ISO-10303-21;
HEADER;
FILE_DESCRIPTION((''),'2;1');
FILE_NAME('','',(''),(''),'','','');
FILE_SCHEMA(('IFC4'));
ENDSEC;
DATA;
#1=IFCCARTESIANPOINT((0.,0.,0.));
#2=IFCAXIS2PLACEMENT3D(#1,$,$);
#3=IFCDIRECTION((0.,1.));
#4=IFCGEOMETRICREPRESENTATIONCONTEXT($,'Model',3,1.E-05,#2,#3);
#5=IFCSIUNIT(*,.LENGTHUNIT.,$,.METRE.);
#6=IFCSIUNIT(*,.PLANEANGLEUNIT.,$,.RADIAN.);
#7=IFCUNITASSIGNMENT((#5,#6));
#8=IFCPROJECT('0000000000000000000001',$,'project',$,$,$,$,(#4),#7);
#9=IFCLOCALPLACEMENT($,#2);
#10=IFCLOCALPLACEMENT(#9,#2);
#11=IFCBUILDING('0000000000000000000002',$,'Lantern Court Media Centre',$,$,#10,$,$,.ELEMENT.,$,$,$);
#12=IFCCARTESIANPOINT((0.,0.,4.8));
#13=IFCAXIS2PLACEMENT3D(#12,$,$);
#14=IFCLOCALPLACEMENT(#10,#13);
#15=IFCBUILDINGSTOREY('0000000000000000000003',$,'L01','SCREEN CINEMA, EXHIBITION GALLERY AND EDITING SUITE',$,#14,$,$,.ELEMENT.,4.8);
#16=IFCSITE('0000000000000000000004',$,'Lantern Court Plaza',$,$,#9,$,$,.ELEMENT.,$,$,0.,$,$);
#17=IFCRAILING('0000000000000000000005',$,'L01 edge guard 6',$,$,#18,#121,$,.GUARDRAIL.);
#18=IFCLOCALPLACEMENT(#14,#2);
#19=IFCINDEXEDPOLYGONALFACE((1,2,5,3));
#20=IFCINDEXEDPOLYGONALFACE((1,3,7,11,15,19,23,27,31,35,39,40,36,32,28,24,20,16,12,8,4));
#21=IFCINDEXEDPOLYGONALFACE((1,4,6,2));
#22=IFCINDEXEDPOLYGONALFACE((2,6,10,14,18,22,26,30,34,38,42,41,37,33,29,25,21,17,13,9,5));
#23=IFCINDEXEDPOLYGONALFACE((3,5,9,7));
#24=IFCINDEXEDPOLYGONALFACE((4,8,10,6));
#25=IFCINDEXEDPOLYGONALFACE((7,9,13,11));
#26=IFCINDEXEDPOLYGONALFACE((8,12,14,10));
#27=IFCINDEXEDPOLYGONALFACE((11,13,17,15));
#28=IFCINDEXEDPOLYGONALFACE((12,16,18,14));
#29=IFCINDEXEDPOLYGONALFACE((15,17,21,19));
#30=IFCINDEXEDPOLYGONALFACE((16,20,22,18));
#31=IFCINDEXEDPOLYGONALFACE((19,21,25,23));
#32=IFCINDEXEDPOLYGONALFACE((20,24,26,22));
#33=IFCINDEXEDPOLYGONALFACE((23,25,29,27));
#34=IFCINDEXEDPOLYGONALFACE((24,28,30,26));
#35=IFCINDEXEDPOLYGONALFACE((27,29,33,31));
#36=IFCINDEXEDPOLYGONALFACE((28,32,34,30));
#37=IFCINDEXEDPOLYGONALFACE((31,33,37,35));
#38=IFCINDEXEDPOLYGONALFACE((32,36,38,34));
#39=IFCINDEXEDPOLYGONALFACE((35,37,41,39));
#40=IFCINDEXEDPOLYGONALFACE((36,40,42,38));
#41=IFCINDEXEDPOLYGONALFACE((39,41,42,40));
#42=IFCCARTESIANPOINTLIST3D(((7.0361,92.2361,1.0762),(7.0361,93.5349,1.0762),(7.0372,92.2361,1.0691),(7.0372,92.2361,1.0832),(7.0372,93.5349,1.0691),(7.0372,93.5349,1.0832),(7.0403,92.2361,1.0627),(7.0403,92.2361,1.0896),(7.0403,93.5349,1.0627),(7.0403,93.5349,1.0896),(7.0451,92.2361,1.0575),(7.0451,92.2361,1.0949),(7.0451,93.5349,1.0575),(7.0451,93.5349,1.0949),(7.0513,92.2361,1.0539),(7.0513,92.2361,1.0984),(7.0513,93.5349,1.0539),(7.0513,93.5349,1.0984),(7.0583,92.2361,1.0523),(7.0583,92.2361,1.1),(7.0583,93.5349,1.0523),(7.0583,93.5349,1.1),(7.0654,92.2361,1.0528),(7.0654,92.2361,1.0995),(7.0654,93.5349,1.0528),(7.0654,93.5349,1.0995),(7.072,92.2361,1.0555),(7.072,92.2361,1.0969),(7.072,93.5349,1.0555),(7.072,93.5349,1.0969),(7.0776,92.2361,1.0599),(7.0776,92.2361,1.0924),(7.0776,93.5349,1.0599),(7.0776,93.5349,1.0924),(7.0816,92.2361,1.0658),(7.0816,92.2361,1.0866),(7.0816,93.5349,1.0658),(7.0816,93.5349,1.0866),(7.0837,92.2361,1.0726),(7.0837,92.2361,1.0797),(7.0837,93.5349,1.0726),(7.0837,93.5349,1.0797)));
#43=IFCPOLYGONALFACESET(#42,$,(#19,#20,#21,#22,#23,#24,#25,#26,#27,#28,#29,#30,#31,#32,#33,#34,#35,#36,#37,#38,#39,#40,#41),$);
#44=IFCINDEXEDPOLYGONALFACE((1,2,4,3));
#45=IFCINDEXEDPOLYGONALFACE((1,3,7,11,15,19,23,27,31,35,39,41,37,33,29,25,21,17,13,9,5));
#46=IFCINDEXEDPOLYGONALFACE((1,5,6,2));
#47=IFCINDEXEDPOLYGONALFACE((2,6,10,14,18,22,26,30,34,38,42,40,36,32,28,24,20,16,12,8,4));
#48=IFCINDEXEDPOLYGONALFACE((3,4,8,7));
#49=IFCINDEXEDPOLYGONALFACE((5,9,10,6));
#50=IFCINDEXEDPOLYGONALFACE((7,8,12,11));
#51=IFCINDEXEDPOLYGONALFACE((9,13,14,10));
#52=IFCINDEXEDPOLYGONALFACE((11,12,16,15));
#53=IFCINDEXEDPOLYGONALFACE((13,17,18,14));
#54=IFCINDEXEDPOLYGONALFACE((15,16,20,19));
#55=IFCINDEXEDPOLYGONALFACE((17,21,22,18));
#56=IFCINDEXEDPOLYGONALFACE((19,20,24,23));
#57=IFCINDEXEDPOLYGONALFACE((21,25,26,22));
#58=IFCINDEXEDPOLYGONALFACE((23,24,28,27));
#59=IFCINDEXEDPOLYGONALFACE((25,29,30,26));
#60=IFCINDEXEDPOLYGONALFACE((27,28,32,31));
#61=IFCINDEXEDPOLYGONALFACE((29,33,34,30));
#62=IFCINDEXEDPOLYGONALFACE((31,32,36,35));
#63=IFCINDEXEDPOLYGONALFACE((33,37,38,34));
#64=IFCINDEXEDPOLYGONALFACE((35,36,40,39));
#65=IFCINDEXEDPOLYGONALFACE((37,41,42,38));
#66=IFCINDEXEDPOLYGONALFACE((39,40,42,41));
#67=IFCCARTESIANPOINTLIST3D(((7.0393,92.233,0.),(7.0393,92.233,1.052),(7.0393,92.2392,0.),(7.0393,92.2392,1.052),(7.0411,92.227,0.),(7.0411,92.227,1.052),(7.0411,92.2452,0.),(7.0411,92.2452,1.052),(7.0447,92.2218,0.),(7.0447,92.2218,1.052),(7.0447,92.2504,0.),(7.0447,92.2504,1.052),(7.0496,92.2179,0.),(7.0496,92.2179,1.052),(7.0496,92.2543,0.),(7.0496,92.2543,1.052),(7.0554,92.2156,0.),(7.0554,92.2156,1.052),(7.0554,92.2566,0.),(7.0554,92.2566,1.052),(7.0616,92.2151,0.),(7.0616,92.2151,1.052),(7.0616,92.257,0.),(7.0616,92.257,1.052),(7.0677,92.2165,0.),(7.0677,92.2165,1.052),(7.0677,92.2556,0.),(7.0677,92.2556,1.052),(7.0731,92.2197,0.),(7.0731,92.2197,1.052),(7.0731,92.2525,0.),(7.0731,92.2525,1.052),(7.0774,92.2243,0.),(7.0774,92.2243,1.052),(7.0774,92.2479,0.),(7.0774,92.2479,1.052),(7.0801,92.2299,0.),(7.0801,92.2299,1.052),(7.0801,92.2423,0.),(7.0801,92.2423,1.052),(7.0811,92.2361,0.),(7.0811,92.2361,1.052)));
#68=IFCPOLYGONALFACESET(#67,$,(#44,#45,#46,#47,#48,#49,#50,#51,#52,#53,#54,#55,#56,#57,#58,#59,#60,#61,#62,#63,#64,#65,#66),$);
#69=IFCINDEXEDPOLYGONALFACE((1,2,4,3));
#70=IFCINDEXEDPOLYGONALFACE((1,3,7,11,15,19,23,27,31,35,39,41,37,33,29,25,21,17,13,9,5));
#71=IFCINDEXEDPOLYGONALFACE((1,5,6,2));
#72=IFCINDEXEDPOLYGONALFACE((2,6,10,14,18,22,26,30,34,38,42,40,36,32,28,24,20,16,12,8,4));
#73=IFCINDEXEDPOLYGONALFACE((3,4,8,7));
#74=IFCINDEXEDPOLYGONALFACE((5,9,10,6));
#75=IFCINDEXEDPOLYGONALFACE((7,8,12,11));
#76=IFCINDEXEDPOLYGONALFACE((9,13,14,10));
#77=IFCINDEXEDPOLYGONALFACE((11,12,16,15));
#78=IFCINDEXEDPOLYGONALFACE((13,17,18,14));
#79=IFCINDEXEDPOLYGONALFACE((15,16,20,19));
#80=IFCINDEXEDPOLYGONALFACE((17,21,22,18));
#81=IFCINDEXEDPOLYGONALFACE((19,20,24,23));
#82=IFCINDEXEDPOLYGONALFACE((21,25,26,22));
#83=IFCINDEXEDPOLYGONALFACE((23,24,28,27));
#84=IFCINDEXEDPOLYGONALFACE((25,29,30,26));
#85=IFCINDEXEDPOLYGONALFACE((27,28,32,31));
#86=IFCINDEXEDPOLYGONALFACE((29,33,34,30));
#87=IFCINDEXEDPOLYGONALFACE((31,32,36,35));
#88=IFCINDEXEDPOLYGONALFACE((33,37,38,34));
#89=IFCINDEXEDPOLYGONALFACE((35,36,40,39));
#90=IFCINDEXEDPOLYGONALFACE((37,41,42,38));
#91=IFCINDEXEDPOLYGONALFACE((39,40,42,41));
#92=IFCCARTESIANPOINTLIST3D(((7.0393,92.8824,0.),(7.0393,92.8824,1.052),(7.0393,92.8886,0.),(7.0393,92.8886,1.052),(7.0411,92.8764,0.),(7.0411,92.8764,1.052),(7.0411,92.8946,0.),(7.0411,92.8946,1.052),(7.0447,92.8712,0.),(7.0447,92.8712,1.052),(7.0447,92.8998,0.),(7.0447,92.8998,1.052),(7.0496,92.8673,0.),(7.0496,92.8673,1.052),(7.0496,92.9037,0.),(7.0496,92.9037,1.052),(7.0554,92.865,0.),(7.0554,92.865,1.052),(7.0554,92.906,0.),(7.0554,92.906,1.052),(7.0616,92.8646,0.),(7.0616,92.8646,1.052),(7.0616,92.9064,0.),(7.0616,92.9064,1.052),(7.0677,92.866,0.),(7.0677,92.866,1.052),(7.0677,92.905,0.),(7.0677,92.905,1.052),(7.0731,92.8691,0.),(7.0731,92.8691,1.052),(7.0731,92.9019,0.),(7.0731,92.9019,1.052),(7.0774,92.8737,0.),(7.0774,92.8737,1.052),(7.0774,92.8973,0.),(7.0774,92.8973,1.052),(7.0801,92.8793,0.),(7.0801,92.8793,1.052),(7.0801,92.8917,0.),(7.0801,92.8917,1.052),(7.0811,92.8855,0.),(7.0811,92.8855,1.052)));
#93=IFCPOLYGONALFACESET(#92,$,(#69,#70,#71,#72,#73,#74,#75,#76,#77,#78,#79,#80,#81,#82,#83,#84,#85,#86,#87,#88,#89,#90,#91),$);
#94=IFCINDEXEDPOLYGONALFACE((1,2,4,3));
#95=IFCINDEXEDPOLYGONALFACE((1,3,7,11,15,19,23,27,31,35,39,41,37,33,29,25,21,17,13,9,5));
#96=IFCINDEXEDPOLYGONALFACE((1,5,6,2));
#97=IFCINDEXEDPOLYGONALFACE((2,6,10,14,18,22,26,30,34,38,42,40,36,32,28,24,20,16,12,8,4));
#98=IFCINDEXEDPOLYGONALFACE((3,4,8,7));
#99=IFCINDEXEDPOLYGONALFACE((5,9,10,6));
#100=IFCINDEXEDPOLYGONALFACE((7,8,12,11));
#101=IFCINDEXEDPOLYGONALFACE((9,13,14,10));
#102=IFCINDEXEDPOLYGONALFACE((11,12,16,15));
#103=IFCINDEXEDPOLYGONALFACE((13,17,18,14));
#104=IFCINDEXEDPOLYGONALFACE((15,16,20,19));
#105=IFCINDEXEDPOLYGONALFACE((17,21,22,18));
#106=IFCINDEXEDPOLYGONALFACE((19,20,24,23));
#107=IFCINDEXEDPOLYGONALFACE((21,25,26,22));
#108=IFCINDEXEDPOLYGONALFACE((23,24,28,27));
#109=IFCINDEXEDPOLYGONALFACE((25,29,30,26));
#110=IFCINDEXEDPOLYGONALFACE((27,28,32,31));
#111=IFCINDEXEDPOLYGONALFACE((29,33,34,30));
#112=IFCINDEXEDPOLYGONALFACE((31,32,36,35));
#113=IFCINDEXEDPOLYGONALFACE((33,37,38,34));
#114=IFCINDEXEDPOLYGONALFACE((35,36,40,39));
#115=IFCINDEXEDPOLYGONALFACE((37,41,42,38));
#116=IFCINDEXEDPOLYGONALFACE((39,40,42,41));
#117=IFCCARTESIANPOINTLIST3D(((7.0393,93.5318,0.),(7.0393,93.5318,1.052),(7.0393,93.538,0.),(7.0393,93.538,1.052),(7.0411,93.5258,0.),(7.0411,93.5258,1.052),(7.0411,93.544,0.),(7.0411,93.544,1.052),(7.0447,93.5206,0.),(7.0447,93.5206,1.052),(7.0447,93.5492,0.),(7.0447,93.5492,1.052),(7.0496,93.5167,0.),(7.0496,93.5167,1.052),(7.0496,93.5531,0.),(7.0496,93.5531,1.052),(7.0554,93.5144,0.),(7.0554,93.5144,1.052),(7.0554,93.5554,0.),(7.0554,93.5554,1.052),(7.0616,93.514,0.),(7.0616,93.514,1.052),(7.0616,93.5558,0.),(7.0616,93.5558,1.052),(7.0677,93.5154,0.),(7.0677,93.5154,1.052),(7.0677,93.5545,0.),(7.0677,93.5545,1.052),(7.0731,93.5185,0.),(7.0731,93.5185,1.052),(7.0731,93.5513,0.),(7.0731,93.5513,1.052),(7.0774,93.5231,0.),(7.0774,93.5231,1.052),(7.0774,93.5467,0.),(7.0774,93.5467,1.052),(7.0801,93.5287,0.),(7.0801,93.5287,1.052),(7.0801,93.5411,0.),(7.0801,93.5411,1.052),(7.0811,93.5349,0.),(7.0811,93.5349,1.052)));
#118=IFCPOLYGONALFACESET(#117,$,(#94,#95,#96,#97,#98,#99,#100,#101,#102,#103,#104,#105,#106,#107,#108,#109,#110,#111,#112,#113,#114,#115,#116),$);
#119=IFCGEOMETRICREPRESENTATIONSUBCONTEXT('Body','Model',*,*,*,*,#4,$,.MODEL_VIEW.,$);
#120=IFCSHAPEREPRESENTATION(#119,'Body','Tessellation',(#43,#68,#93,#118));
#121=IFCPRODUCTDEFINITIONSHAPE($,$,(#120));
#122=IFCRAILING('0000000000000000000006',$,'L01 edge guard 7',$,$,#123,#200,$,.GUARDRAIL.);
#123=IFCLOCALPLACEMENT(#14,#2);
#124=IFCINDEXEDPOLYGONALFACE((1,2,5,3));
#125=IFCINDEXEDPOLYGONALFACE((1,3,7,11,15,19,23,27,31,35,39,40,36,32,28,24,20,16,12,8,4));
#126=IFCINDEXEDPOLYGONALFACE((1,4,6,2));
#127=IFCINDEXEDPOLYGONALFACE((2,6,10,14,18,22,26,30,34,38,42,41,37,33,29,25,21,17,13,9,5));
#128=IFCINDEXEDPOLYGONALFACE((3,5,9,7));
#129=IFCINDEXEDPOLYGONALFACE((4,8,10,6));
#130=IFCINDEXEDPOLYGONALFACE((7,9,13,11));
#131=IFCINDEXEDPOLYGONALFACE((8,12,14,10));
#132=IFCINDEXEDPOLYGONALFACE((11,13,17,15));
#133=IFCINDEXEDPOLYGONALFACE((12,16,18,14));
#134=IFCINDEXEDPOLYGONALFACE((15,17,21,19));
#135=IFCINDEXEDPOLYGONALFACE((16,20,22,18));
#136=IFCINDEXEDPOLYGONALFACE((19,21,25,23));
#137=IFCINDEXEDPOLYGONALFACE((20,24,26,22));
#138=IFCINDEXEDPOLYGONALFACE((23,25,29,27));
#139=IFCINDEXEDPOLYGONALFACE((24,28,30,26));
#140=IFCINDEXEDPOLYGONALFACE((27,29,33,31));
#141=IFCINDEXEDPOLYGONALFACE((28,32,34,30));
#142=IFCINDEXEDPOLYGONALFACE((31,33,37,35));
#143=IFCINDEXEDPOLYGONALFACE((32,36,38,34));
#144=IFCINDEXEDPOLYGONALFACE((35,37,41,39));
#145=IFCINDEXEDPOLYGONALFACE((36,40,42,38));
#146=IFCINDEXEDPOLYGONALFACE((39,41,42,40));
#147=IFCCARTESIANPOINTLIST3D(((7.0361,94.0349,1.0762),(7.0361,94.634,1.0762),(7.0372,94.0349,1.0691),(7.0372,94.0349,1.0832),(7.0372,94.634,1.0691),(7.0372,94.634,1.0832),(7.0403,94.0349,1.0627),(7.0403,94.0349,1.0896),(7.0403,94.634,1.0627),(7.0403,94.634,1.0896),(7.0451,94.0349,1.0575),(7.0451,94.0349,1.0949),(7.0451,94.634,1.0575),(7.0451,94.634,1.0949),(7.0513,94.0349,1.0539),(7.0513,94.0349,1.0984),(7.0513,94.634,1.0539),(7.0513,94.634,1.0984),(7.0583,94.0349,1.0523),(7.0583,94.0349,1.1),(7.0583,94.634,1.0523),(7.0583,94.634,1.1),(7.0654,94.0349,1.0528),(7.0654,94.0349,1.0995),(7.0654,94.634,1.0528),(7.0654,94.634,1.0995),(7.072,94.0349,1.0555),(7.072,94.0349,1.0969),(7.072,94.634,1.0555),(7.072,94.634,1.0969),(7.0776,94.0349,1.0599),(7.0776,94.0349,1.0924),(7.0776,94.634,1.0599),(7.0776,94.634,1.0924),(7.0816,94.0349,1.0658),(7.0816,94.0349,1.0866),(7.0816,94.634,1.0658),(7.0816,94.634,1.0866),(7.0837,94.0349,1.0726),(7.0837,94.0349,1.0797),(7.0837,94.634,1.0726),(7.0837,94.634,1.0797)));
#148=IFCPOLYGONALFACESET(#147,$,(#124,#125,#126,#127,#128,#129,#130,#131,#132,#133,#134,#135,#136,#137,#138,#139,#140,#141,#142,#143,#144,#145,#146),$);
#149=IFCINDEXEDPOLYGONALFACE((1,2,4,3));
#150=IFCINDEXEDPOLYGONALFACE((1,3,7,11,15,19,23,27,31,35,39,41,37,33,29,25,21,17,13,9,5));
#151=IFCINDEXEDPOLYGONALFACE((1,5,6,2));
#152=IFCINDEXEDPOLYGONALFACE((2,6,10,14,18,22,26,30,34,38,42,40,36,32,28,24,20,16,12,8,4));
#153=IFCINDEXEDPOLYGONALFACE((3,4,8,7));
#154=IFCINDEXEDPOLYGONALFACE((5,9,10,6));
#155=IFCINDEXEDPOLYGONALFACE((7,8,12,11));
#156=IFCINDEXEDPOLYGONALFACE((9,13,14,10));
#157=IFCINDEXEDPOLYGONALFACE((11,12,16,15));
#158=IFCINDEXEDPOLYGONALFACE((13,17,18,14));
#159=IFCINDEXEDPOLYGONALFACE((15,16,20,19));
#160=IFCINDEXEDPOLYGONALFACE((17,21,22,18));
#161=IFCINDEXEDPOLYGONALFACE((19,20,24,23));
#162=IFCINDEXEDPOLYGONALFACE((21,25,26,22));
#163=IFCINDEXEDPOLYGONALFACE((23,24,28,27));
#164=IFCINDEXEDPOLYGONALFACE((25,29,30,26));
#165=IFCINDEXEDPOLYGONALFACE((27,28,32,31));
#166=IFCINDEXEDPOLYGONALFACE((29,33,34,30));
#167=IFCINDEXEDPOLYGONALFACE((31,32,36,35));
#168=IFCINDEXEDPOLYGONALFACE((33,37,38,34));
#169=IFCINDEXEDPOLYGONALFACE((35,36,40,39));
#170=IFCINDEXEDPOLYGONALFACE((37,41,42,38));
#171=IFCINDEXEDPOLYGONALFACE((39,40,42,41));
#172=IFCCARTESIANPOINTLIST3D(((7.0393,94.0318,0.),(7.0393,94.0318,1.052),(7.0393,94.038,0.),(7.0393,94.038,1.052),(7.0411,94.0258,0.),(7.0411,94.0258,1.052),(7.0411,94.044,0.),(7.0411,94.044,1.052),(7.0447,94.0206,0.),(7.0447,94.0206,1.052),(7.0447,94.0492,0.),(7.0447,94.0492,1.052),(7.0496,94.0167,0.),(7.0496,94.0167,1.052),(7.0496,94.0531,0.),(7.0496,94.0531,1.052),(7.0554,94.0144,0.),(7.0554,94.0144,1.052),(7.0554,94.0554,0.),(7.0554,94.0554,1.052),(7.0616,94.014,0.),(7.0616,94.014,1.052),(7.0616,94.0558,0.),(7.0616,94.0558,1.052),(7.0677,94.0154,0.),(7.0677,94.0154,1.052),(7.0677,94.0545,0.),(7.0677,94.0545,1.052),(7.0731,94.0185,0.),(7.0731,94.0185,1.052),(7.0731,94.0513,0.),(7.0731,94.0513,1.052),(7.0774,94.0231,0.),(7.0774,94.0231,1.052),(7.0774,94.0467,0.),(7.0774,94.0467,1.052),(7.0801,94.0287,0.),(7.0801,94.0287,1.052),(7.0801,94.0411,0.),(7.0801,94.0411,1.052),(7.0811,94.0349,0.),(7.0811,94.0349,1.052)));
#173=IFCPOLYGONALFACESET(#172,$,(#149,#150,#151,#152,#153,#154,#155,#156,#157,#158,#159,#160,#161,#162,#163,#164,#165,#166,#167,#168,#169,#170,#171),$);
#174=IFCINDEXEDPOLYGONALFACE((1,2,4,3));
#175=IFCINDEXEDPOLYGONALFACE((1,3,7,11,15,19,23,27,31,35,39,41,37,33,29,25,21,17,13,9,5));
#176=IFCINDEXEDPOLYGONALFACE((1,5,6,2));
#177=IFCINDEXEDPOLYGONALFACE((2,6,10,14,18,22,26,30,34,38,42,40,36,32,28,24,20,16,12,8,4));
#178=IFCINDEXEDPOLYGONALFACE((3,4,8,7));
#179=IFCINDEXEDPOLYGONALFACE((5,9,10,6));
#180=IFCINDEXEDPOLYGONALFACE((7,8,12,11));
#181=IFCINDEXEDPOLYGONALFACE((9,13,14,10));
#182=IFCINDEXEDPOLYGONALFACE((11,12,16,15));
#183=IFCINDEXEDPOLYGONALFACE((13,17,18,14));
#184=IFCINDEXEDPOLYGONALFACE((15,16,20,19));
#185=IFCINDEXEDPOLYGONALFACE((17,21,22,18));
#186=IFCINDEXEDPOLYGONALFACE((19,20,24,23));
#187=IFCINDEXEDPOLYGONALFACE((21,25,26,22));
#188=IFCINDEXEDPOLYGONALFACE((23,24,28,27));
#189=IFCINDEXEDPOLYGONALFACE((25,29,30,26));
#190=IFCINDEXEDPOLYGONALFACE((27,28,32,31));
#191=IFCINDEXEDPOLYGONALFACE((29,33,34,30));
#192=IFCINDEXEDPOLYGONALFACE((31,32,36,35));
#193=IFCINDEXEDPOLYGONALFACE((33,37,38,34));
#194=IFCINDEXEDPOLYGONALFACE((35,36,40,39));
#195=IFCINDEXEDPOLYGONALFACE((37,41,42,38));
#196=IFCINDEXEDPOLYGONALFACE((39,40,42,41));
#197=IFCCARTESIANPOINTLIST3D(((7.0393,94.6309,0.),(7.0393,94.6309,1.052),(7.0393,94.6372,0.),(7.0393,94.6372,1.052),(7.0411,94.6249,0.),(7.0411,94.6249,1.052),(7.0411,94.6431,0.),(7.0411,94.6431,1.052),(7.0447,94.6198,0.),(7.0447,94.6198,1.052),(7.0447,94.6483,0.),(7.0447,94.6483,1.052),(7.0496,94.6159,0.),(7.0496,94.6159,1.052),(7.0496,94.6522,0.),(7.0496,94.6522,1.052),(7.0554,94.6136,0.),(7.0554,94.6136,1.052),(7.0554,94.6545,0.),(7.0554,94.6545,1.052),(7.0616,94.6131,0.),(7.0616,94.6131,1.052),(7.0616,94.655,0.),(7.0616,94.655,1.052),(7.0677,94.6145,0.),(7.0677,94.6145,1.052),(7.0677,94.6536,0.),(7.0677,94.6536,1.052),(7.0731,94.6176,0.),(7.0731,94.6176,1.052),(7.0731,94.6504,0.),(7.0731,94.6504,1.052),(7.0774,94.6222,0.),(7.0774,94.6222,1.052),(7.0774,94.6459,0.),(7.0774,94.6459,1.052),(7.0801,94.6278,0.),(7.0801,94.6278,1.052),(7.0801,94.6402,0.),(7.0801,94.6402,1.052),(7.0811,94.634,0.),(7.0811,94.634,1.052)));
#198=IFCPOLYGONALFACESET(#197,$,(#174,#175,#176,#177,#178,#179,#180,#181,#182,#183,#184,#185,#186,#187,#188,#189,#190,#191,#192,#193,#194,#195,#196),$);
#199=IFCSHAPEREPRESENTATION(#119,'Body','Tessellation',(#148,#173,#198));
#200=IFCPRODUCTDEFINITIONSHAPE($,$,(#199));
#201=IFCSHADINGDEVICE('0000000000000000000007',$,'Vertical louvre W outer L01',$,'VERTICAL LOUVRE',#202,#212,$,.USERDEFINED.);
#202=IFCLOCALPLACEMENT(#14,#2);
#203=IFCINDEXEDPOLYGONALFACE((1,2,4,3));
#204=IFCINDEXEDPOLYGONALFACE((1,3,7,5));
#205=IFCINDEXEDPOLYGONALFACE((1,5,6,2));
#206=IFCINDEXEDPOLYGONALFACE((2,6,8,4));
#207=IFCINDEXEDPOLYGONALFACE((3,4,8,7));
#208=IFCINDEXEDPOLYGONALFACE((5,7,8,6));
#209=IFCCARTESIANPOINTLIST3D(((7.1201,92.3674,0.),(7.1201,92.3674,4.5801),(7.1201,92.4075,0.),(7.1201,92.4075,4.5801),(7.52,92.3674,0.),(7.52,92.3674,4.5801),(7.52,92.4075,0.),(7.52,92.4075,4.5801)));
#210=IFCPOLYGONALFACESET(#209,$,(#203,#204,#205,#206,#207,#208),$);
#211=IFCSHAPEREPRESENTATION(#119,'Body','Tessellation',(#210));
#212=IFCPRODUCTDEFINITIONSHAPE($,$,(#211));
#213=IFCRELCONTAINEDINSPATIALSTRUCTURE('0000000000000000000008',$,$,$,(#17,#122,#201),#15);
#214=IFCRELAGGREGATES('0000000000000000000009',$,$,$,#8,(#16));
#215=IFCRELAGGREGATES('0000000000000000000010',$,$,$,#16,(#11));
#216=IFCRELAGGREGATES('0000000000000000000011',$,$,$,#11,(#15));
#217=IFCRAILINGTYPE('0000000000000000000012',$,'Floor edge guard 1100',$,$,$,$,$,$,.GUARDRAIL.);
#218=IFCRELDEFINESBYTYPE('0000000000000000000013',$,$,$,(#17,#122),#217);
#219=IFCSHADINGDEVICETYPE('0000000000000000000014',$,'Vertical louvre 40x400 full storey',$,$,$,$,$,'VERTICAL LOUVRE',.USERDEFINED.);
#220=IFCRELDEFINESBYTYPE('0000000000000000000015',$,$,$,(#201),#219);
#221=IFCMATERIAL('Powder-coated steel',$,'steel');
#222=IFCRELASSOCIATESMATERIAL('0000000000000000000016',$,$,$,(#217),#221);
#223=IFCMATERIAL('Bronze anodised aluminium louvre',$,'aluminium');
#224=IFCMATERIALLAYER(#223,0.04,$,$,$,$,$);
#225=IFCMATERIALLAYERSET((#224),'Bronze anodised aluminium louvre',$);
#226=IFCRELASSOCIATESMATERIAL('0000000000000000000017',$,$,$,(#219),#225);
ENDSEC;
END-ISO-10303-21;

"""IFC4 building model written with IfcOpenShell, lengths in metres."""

from ifc_helpers import new_model, si_unit, direction, frame, origin, origin_2d, place, context, subcontext, project, spatial, rectangle, circle, extrude, material, layer, layer_set, type_object, element, save


model = new_model("IFC4")

# Units and contexts
model_context = context("Model", 3, precision=1e-05, world=origin(), true_north=direction((0.0, 1.0)))
body_context = subcontext(model_context, "Body", "Model", "MODEL_VIEW")
ifc_project = project(units=[si_unit("LENGTHUNIT", "METRE"), si_unit("PLANEANGLEUNIT", "RADIAN")], contexts=[model_context])

# Site, building, storey
site_placement = place(None, origin())
site = spatial("IfcSite", under=ifc_project, at=site_placement, Name="Lantern Court Plaza", CompositionType="ELEMENT", RefElevation=0.0)
building_placement = place(site_placement, origin())
building = spatial("IfcBuilding", under=site, at=building_placement, Name="Lantern Court Media Centre", CompositionType="ELEMENT")
storey_placement = place(building_placement, frame((0.0, 0.0, 4.8)))
storey = spatial("IfcBuildingStorey", under=building, at=storey_placement, Name="L01", Description="SCREEN CINEMA, EXHIBITION GALLERY AND EDITING SUITE", CompositionType="ELEMENT", Elevation=4.8)

# Railings
ifc_material_1 = material(Name="Powder-coated steel", Category="steel")
railing_type = type_object("IfcRailingType", Name="Floor edge guard 1100", PredefinedType="GUARDRAIL", material=ifc_material_1)
railing_1_placement = place(storey_placement, frame((7.0601, 92.2361, 0.0)))
element("IfcRailing", 1, at=railing_1_placement, inside=storey, type_object=railing_type, Name="L01 edge guard 6", PredefinedType="GUARDRAIL", context=body_context, shape_type="SweptSolid", body=[
    extrude(circle(Radius=0.0239, at=origin_2d()), frame((0.0, 0.0, 1.0762), z_axis=(0.0, 1.0, 0.0), x_axis=(-1.0, 0.0, 0.0)), (0.0, 0.0, 1.0), 1.2988),
    extrude(circle(Radius=0.021, at=origin_2d()), origin(), (0.0, 0.0, 1.0), 1.052),
    extrude(circle(Radius=0.021, at=origin_2d()), frame((0.0, 0.6494, 0.0)), (0.0, 0.0, 1.0), 1.052),
    extrude(circle(Radius=0.021, at=origin_2d()), frame((0.0, 1.2988, 0.0)), (0.0, 0.0, 1.0), 1.052),
])
railing_2_placement = place(storey_placement, frame((7.0601, 94.0349, 0.0)))
element("IfcRailing", 2, at=railing_2_placement, inside=storey, type_object=railing_type, Name="L01 edge guard 7", PredefinedType="GUARDRAIL", context=body_context, shape_type="SweptSolid", body=[
    extrude(circle(Radius=0.0239, at=origin_2d()), frame((0.0, 0.0, 1.0762), z_axis=(0.0, 1.0, 0.0), x_axis=(-1.0, 0.0, 0.0)), (0.0, 0.0, 1.0), 0.5991),
    extrude(circle(Radius=0.021, at=origin_2d()), origin(), (0.0, 0.0, 1.0), 1.052),
    extrude(circle(Radius=0.021, at=origin_2d()), frame((0.0, 0.5991, 0.0)), (0.0, 0.0, 1.0), 1.052),
])

# Shading device
ifc_material_2 = material(Name="Bronze anodised aluminium louvre", Category="aluminium")
ifc_layer_1 = layer(ifc_material_2, 0.04)
ifc_layer_set_1 = layer_set([ifc_layer_1], Name="Bronze anodised aluminium louvre")
shading_device_type = type_object("IfcShadingDeviceType", Name="Vertical louvre 40x400 full storey", ElementType="VERTICAL LOUVRE", PredefinedType="USERDEFINED", material=ifc_layer_set_1)
for number, where, z_axis, x_axis, name in (
    (3, (7.3201, 92.3875, 0.0), (0.0, 0.0, 1.0), (1.0, 0.0, 0.0), "Vertical louvre W outer L01"),
):
    element("IfcShadingDevice", number, at=place(storey_placement, frame(where, z_axis=z_axis, x_axis=x_axis)), inside=storey, type_object=shading_device_type, Name=name, ObjectType="VERTICAL LOUVRE", PredefinedType="USERDEFINED", context=body_context, shape_type="SweptSolid", body=[
        extrude(rectangle(XDim=0.3999, YDim=0.04, at=origin_2d()), origin(), (0.0, 0.0, 1.0), 4.5801),
    ])

save(model, "model.ifc")
